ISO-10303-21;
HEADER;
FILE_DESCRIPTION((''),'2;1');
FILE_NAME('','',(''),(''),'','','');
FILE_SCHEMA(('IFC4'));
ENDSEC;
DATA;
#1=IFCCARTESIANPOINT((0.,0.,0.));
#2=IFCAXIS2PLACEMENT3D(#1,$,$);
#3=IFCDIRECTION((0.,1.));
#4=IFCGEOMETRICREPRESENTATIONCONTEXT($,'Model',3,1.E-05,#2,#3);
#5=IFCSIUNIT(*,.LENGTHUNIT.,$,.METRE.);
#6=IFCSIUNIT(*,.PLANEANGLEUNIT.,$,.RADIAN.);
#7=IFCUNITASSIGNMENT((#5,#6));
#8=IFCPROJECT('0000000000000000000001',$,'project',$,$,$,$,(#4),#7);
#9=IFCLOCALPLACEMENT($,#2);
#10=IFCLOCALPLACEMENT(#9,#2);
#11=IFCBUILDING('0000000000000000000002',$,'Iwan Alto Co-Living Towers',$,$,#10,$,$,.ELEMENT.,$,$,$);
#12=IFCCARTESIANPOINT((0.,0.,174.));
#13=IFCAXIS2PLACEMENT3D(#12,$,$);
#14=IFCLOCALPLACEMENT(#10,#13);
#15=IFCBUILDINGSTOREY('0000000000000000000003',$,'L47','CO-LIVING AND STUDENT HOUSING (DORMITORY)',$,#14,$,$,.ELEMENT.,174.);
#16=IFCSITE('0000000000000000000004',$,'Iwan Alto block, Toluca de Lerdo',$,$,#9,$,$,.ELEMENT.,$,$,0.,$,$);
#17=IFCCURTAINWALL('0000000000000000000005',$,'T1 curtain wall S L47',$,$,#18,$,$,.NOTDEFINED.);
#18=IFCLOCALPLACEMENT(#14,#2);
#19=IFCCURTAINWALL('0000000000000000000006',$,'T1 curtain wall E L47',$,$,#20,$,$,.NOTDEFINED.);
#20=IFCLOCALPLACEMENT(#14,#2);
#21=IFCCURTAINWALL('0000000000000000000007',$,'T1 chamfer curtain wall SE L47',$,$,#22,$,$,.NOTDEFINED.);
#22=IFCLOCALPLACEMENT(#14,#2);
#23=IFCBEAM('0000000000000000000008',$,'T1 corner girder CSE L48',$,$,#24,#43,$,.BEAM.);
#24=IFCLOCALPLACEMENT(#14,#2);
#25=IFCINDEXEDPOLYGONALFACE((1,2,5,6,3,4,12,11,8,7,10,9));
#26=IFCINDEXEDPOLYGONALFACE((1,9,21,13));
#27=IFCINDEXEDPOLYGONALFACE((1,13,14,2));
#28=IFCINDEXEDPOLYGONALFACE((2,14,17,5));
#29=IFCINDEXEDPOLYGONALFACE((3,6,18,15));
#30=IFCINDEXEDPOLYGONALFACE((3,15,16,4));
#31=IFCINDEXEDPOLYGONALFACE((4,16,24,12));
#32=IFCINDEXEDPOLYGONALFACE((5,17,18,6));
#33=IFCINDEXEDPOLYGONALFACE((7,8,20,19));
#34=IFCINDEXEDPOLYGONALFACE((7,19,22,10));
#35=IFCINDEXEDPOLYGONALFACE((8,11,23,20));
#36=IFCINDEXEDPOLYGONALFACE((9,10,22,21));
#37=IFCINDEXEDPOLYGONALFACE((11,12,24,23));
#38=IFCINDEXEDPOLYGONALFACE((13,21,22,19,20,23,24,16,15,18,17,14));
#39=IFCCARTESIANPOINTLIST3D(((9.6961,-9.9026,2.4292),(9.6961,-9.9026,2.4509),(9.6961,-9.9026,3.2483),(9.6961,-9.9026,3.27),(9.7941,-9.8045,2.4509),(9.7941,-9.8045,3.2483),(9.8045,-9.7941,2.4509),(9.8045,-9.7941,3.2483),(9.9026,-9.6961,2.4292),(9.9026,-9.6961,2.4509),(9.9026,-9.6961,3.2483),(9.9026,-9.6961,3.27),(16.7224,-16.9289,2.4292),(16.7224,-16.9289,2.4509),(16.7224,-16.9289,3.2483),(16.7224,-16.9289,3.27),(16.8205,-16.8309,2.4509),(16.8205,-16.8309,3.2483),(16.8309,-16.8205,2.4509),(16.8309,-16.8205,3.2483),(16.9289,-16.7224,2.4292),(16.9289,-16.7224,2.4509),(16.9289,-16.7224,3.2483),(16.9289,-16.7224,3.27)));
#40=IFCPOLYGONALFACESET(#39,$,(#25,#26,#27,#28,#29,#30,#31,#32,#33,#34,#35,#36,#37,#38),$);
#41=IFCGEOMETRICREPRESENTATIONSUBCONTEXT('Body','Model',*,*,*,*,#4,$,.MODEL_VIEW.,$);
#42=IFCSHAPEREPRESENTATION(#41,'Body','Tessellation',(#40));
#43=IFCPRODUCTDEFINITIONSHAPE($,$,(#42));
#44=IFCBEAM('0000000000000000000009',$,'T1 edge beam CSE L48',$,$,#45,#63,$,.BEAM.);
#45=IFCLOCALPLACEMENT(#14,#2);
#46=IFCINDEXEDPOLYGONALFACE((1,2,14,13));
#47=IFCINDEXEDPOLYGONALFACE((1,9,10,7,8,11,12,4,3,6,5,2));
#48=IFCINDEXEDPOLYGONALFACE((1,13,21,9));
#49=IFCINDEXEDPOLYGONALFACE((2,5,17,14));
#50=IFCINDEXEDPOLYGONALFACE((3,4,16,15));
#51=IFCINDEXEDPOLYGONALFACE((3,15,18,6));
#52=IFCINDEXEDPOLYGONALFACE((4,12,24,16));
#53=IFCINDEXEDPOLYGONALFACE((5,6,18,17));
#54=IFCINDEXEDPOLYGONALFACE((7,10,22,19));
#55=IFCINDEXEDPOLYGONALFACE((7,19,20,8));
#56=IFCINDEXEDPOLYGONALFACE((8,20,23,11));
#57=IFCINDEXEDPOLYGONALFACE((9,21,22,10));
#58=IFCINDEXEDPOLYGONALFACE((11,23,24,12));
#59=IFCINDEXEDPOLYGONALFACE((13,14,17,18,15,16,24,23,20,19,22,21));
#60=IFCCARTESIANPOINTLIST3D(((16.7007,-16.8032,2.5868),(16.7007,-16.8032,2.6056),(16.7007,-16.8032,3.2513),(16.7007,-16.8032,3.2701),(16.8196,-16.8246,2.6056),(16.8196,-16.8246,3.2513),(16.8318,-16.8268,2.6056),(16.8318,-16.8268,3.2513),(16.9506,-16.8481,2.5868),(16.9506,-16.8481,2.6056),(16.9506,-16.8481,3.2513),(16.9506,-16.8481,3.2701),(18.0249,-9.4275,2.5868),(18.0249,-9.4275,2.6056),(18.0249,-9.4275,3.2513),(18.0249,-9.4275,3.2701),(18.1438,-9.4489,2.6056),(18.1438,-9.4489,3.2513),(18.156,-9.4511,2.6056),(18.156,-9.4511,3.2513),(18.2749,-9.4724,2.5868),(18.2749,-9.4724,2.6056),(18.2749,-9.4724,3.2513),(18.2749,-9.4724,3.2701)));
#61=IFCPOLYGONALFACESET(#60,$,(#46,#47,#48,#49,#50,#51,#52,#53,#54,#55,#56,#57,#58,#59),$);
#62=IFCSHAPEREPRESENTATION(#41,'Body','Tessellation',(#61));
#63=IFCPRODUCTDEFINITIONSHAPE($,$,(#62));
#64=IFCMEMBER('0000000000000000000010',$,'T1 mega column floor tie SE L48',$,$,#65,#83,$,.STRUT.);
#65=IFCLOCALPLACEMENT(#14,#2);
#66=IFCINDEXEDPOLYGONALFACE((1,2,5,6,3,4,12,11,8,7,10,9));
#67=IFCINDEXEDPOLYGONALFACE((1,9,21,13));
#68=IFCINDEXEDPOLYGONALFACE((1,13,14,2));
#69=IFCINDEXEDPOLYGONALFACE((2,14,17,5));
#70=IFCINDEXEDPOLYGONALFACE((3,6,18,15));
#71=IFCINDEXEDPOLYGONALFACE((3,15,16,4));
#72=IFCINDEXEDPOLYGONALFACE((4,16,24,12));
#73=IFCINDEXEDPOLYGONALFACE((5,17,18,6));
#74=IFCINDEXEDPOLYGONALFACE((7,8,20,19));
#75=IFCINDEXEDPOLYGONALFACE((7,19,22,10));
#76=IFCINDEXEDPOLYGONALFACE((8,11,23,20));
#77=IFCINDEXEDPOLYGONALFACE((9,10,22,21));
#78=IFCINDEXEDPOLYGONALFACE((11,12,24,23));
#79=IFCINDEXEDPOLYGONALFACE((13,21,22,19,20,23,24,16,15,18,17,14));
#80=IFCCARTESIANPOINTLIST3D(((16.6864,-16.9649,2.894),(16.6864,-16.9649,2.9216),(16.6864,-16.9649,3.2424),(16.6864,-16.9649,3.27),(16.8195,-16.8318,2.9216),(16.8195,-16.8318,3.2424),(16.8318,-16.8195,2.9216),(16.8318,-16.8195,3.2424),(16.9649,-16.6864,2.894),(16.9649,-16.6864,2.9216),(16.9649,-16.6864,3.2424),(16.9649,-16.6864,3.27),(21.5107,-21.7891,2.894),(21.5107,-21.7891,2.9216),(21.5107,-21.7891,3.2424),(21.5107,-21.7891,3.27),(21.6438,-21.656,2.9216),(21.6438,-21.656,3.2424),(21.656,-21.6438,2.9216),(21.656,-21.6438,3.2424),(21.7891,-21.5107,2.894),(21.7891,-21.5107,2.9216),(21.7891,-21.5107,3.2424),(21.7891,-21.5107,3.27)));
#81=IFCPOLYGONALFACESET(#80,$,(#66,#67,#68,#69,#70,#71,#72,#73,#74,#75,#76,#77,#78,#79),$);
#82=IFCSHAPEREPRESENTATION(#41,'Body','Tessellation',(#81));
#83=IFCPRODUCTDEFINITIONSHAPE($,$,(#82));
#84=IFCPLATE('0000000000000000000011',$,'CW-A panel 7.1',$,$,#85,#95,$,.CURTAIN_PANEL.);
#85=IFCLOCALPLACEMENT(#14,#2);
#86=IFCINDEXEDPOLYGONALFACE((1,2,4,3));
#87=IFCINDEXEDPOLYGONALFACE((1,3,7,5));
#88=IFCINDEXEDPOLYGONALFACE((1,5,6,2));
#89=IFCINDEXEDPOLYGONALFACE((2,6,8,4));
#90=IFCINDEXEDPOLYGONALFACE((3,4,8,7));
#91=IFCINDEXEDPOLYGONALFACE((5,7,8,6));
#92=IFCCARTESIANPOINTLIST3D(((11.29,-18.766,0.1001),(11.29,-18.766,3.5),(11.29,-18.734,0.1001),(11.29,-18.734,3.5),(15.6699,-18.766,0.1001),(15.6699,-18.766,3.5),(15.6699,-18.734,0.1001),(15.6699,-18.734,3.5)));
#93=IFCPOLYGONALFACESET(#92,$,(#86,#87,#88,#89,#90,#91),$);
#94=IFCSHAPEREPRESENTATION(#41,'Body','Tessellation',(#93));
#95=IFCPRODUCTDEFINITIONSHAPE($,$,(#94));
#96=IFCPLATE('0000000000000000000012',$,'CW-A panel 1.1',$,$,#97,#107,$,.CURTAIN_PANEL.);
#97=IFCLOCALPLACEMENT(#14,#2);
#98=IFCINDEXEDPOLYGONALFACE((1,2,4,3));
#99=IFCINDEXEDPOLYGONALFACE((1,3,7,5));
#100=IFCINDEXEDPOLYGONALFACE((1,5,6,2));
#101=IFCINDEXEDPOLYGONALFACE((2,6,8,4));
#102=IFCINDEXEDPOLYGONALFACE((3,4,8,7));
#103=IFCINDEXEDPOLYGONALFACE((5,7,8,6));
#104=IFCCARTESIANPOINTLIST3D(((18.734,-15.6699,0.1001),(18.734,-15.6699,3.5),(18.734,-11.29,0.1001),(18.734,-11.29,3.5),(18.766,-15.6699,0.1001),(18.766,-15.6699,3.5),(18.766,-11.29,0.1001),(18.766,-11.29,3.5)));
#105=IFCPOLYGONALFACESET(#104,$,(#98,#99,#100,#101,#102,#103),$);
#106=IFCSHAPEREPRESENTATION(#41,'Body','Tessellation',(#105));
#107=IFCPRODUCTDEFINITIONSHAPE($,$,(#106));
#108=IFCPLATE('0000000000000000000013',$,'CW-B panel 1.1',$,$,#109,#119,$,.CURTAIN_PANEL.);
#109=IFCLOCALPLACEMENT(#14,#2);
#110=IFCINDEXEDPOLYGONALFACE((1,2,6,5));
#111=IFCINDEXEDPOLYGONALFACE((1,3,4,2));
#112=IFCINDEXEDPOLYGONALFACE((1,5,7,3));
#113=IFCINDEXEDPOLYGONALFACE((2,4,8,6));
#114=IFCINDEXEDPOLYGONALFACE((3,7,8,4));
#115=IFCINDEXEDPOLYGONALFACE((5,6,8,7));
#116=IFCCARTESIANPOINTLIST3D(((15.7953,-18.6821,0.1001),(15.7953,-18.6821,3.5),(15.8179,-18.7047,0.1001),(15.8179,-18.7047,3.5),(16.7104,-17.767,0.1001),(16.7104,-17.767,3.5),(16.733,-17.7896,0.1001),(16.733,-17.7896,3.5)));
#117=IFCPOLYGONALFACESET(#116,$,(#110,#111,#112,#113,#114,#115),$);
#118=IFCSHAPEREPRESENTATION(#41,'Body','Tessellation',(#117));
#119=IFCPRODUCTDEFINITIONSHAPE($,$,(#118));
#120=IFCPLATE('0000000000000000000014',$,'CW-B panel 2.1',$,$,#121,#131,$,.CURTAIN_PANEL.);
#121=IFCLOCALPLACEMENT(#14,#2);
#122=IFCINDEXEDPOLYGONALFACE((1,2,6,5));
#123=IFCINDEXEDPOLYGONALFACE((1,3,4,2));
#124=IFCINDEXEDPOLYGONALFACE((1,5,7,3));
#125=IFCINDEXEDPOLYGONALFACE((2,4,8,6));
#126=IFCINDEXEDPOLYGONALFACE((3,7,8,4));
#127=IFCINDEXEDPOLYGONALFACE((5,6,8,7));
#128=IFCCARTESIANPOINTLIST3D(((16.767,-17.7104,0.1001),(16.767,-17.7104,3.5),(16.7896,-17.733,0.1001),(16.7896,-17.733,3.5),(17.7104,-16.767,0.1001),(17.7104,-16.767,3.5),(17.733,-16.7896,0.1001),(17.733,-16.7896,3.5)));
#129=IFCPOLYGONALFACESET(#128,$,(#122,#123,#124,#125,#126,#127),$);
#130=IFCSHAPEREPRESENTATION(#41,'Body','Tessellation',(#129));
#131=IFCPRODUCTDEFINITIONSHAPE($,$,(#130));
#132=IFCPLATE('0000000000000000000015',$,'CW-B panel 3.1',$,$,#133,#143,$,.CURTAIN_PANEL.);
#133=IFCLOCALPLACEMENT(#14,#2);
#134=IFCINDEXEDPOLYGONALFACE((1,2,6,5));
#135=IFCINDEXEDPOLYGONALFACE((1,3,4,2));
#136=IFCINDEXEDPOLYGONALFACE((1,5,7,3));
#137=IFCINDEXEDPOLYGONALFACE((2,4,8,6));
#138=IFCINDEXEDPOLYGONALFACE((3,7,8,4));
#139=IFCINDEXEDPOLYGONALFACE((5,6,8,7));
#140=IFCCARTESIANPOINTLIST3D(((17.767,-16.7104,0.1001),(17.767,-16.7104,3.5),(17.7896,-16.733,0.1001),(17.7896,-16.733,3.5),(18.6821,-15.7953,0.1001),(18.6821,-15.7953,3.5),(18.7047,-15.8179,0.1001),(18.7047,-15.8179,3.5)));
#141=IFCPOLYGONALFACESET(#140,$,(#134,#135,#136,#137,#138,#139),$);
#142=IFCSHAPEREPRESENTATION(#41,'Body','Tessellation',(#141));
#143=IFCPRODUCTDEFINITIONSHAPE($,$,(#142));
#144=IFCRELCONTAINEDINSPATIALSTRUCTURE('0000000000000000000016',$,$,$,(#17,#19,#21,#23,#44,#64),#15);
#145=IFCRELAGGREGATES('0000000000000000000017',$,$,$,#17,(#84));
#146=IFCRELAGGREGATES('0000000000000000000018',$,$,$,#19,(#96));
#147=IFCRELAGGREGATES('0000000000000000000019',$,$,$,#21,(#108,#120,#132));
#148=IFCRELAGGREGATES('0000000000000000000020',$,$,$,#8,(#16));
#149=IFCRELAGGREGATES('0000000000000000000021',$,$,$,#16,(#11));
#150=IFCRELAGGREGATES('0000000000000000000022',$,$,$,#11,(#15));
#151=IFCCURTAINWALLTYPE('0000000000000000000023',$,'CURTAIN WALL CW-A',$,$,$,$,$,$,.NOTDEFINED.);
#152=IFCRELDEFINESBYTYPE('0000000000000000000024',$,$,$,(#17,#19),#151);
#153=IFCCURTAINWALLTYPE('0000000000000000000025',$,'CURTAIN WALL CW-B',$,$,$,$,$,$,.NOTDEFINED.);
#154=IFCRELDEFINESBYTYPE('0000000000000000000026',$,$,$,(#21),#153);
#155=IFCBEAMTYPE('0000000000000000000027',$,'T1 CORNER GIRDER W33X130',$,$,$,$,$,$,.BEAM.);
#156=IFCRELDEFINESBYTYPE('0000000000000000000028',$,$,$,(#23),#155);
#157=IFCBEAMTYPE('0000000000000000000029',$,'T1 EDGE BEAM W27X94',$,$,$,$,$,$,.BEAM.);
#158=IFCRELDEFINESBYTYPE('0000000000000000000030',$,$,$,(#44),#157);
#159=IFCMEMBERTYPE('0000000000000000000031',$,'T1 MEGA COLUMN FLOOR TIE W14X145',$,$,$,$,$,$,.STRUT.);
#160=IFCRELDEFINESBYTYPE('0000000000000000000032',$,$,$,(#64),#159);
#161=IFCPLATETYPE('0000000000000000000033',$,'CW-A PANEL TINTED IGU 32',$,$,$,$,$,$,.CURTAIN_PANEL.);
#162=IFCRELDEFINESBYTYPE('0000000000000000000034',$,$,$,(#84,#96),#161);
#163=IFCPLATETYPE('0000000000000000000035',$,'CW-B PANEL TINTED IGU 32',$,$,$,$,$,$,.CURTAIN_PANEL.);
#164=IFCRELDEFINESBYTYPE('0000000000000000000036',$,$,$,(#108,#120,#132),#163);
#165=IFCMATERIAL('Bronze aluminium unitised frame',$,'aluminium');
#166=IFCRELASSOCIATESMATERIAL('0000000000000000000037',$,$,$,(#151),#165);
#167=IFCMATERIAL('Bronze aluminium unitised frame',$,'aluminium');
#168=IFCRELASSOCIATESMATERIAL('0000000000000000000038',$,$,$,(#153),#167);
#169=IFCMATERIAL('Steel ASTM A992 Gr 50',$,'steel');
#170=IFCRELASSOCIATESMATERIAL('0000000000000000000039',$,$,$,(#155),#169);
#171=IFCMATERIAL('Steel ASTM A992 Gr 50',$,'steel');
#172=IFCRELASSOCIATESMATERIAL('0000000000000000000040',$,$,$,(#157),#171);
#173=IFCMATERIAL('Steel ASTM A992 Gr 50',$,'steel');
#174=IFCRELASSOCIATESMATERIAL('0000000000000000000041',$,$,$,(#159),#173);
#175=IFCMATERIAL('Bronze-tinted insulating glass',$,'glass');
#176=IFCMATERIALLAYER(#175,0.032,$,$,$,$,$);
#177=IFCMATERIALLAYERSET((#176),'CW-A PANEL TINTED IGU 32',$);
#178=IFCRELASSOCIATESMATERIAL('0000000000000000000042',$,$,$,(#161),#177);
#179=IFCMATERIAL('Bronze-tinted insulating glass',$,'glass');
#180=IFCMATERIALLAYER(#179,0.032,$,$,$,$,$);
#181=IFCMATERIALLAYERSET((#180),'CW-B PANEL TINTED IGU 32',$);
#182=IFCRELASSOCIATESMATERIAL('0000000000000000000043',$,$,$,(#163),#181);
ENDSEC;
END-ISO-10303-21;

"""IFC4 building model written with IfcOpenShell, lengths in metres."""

from ifc_helpers import new_model, si_unit, direction, frame, origin, origin_2d, place, context, subcontext, project, spatial, rectangle, i_section, extrude, material, layer, layer_set, material_profile, profile_set, type_object, element, aggregate, save


model = new_model("IFC4")

# Units and contexts
model_context = context("Model", 3, precision=1e-05, world=origin(), true_north=direction((0.0, 1.0)))
body_context = subcontext(model_context, "Body", "Model", "MODEL_VIEW")
ifc_project = project(units=[si_unit("LENGTHUNIT", "METRE"), si_unit("PLANEANGLEUNIT", "RADIAN")], contexts=[model_context])

# Site, building, storey
site_placement = place(None, origin())
site = spatial("IfcSite", under=ifc_project, at=site_placement, Name="Iwan Alto block, Toluca de Lerdo", CompositionType="ELEMENT", RefElevation=0.0)
building_placement = place(site_placement, origin())
building = spatial("IfcBuilding", under=site, at=building_placement, Name="Iwan Alto Co-Living Towers", CompositionType="ELEMENT")
storey_placement = place(building_placement, frame((0.0, 0.0, 174.0)))
storey = spatial("IfcBuildingStorey", under=building, at=storey_placement, Name="L47", Description="CO-LIVING AND STUDENT HOUSING (DORMITORY)", CompositionType="ELEMENT", Elevation=174.0)

# Curtain wall
ifc_material_1 = material(Name="Bronze aluminium unitised frame", Category="aluminium")
curtain_wall_type_1 = type_object("IfcCurtainWallType", Name="CURTAIN WALL CW-A", PredefinedType="NOTDEFINED", material=ifc_material_1)
curtain_wall_1_placement = place(storey_placement, origin())
curtain_wall_1 = element("IfcCurtainWall", 1, at=curtain_wall_1_placement, inside=storey, type_object=curtain_wall_type_1, Name="T1 curtain wall S L47", PredefinedType="NOTDEFINED")

# Curtain walls
curtain_wall_2_placement = place(storey_placement, origin())
curtain_wall_2 = element("IfcCurtainWall", 2, at=curtain_wall_2_placement, inside=storey, type_object=curtain_wall_type_1, Name="T1 curtain wall E L47", PredefinedType="NOTDEFINED")
ifc_material_2 = material(Name="Bronze aluminium unitised frame", Category="aluminium")
curtain_wall_type_2 = type_object("IfcCurtainWallType", Name="CURTAIN WALL CW-B", PredefinedType="NOTDEFINED", material=ifc_material_2)
curtain_wall_3_placement = place(storey_placement, origin())
curtain_wall_3 = element("IfcCurtainWall", 3, at=curtain_wall_3_placement, inside=storey, type_object=curtain_wall_type_2, Name="T1 chamfer curtain wall SE L47", PredefinedType="NOTDEFINED")

# Beams
ifc_material_3 = material(Name="Steel ASTM A992 Gr 50", Category="steel")
ifc_material_profile_1 = material_profile(ifc_material_3, i_section(OverallWidth=0.292, OverallDepth=0.8408, WebThickness=0.0146, FlangeThickness=0.0217, at=origin_2d()), Name="W33X130")
ifc_profile_set_1 = profile_set([ifc_material_profile_1], Name="Steel ASTM A992 Gr 50")
beam_type_1 = type_object("IfcBeamType", Name="T1 CORNER GIRDER W33X130", PredefinedType="BEAM", material=ifc_profile_set_1)
beam_1_placement = place(storey_placement, frame((16.8257, -16.8257, 2.8496), z_axis=(-0.707107, 0.707107, 0.0), x_axis=(-0.707107, -0.707107, 0.0)))
element("IfcBeam", 4, at=beam_1_placement, inside=storey, type_object=beam_type_1, Name="T1 corner girder CSE L48", PredefinedType="BEAM", context=body_context, shape_type="SweptSolid", body=[
    extrude(i_section(OverallWidth=0.292, OverallDepth=0.8408, WebThickness=0.0146, FlangeThickness=0.0217, at=origin_2d()), origin(), (0.0, 0.0, 1.0), 9.9368),
])
ifc_material_4 = material(Name="Steel ASTM A992 Gr 50", Category="steel")
ifc_material_profile_2 = material_profile(ifc_material_4, i_section(OverallWidth=0.2539, OverallDepth=0.6833, WebThickness=0.0125, FlangeThickness=0.0188, at=origin_2d()), Name="W27X94")
ifc_profile_set_2 = profile_set([ifc_material_profile_2], Name="Steel ASTM A992 Gr 50")
beam_type_2 = type_object("IfcBeamType", Name="T1 EDGE BEAM W27X94", PredefinedType="BEAM", material=ifc_profile_set_2)
beam_2_placement = place(storey_placement, frame((16.8257, -16.8257, 2.9285), z_axis=(0.176712, 0.984263, 0.0), x_axis=(-0.984263, 0.176712, 0.0)))
element("IfcBeam", 5, at=beam_2_placement, inside=storey, type_object=beam_type_2, Name="T1 edge beam CSE L48", PredefinedType="BEAM", context=body_context, shape_type="SweptSolid", body=[
    extrude(i_section(OverallWidth=0.2539, OverallDepth=0.6833, WebThickness=0.0125, FlangeThickness=0.0188, at=origin_2d()), origin(), (0.0, 0.0, 1.0), 7.4937),
])

# Member
ifc_material_5 = material(Name="Steel ASTM A992 Gr 50", Category="steel")
ifc_material_profile_3 = material_profile(ifc_material_5, i_section(OverallWidth=0.3938, OverallDepth=0.376, WebThickness=0.0173, FlangeThickness=0.0276, at=origin_2d()), Name="W14X145")
ifc_profile_set_3 = profile_set([ifc_material_profile_3], Name="Steel ASTM A992 Gr 50")
member_type_1 = type_object("IfcMemberType", Name="T1 MEGA COLUMN FLOOR TIE W14X145", PredefinedType="STRUT", material=ifc_profile_set_3)
member_1_placement = place(storey_placement, frame((21.6499, -21.6499, 3.082), z_axis=(-0.707107, 0.707107, 0.0), x_axis=(-0.707107, -0.707107, 0.0)))
element("IfcMember", 6, at=member_1_placement, inside=storey, type_object=member_type_1, Name="T1 mega column floor tie SE L48", PredefinedType="STRUT", context=body_context, shape_type="SweptSolid", body=[
    extrude(i_section(OverallWidth=0.3938, OverallDepth=0.376, WebThickness=0.0173, FlangeThickness=0.0276, at=origin_2d()), origin(), (0.0, 0.0, 1.0), 6.8225),
])

# Plates
ifc_material_6 = material(Name="Bronze-tinted insulating glass", Category="glass")
ifc_layer_1 = layer(ifc_material_6, 0.032)
ifc_layer_set_1 = layer_set([ifc_layer_1], Name="CW-A PANEL TINTED IGU 32")
plate_type_1 = type_object("IfcPlateType", Name="CW-A PANEL TINTED IGU 32", PredefinedType="CURTAIN_PANEL", material=ifc_layer_set_1)
plate_1_placement = place(storey_placement, frame((13.48, -18.75, 0.1001), z_axis=(0.0, 0.0, 1.0), x_axis=(1.0, 0.0, 0.0)))
plate_1 = element("IfcPlate", 7, at=plate_1_placement, type_object=plate_type_1, Name="CW-A panel 7.1", PredefinedType="CURTAIN_PANEL", context=body_context, shape_type="SweptSolid", body=[
    extrude(rectangle(XDim=4.3799, YDim=0.032, at=origin_2d()), origin(), (0.0, 0.0, 1.0), 3.3999),
])
aggregate(curtain_wall_1, [plate_1])
plate_2_placement = place(storey_placement, frame((18.75, -13.48, 0.1001), z_axis=(0.0, 0.0, 1.0), x_axis=(0.0, 1.0, 0.0)))
plate_2 = element("IfcPlate", 8, at=plate_2_placement, type_object=plate_type_1, Name="CW-A panel 1.1", PredefinedType="CURTAIN_PANEL", context=body_context, shape_type="SweptSolid", body=[
    extrude(rectangle(XDim=4.3799, YDim=0.032, at=origin_2d()), origin(), (0.0, 0.0, 1.0), 3.3999),
])
aggregate(curtain_wall_2, [plate_2])
ifc_material_7 = material(Name="Bronze-tinted insulating glass", Category="glass")
ifc_layer_2 = layer(ifc_material_7, 0.032)
ifc_layer_set_2 = layer_set([ifc_layer_2], Name="CW-B PANEL TINTED IGU 32")
plate_type_2 = type_object("IfcPlateType", Name="CW-B PANEL TINTED IGU 32", PredefinedType="CURTAIN_PANEL", material=ifc_layer_set_2)
plate_3_placement = place(storey_placement, frame((16.2642, -18.2358, 0.1001), z_axis=(0.0, 0.0, 1.0), x_axis=(0.707107, 0.707107, 0.0)))
plate_3 = element("IfcPlate", 9, at=plate_3_placement, type_object=plate_type_2, Name="CW-B panel 1.1", PredefinedType="CURTAIN_PANEL", context=body_context, shape_type="SweptSolid", body=[
    extrude(rectangle(XDim=1.2942, YDim=0.032, at=origin_2d()), origin(), (0.0, 0.0, 1.0), 3.3999),
])
plate_4_placement = place(storey_placement, frame((17.25, -17.25, 0.1001), z_axis=(0.0, 0.0, 1.0), x_axis=(0.707107, 0.707107, 0.0)))
plate_4 = element("IfcPlate", 10, at=plate_4_placement, type_object=plate_type_2, Name="CW-B panel 2.1", PredefinedType="CURTAIN_PANEL", context=body_context, shape_type="SweptSolid", body=[
    extrude(rectangle(XDim=1.3342, YDim=0.032, at=origin_2d()), origin(), (0.0, 0.0, 1.0), 3.3999),
])
plate_5_placement = place(storey_placement, frame((18.2358, -16.2642, 0.1001), z_axis=(0.0, 0.0, 1.0), x_axis=(0.707107, 0.707107, 0.0)))
plate_5 = element("IfcPlate", 11, at=plate_5_placement, type_object=plate_type_2, Name="CW-B panel 3.1", PredefinedType="CURTAIN_PANEL", context=body_context, shape_type="SweptSolid", body=[
    extrude(rectangle(XDim=1.2942, YDim=0.032, at=origin_2d()), origin(), (0.0, 0.0, 1.0), 3.3999),
])
aggregate(curtain_wall_3, [plate_3, plate_4, plate_5])

save(model, "model.ifc")
